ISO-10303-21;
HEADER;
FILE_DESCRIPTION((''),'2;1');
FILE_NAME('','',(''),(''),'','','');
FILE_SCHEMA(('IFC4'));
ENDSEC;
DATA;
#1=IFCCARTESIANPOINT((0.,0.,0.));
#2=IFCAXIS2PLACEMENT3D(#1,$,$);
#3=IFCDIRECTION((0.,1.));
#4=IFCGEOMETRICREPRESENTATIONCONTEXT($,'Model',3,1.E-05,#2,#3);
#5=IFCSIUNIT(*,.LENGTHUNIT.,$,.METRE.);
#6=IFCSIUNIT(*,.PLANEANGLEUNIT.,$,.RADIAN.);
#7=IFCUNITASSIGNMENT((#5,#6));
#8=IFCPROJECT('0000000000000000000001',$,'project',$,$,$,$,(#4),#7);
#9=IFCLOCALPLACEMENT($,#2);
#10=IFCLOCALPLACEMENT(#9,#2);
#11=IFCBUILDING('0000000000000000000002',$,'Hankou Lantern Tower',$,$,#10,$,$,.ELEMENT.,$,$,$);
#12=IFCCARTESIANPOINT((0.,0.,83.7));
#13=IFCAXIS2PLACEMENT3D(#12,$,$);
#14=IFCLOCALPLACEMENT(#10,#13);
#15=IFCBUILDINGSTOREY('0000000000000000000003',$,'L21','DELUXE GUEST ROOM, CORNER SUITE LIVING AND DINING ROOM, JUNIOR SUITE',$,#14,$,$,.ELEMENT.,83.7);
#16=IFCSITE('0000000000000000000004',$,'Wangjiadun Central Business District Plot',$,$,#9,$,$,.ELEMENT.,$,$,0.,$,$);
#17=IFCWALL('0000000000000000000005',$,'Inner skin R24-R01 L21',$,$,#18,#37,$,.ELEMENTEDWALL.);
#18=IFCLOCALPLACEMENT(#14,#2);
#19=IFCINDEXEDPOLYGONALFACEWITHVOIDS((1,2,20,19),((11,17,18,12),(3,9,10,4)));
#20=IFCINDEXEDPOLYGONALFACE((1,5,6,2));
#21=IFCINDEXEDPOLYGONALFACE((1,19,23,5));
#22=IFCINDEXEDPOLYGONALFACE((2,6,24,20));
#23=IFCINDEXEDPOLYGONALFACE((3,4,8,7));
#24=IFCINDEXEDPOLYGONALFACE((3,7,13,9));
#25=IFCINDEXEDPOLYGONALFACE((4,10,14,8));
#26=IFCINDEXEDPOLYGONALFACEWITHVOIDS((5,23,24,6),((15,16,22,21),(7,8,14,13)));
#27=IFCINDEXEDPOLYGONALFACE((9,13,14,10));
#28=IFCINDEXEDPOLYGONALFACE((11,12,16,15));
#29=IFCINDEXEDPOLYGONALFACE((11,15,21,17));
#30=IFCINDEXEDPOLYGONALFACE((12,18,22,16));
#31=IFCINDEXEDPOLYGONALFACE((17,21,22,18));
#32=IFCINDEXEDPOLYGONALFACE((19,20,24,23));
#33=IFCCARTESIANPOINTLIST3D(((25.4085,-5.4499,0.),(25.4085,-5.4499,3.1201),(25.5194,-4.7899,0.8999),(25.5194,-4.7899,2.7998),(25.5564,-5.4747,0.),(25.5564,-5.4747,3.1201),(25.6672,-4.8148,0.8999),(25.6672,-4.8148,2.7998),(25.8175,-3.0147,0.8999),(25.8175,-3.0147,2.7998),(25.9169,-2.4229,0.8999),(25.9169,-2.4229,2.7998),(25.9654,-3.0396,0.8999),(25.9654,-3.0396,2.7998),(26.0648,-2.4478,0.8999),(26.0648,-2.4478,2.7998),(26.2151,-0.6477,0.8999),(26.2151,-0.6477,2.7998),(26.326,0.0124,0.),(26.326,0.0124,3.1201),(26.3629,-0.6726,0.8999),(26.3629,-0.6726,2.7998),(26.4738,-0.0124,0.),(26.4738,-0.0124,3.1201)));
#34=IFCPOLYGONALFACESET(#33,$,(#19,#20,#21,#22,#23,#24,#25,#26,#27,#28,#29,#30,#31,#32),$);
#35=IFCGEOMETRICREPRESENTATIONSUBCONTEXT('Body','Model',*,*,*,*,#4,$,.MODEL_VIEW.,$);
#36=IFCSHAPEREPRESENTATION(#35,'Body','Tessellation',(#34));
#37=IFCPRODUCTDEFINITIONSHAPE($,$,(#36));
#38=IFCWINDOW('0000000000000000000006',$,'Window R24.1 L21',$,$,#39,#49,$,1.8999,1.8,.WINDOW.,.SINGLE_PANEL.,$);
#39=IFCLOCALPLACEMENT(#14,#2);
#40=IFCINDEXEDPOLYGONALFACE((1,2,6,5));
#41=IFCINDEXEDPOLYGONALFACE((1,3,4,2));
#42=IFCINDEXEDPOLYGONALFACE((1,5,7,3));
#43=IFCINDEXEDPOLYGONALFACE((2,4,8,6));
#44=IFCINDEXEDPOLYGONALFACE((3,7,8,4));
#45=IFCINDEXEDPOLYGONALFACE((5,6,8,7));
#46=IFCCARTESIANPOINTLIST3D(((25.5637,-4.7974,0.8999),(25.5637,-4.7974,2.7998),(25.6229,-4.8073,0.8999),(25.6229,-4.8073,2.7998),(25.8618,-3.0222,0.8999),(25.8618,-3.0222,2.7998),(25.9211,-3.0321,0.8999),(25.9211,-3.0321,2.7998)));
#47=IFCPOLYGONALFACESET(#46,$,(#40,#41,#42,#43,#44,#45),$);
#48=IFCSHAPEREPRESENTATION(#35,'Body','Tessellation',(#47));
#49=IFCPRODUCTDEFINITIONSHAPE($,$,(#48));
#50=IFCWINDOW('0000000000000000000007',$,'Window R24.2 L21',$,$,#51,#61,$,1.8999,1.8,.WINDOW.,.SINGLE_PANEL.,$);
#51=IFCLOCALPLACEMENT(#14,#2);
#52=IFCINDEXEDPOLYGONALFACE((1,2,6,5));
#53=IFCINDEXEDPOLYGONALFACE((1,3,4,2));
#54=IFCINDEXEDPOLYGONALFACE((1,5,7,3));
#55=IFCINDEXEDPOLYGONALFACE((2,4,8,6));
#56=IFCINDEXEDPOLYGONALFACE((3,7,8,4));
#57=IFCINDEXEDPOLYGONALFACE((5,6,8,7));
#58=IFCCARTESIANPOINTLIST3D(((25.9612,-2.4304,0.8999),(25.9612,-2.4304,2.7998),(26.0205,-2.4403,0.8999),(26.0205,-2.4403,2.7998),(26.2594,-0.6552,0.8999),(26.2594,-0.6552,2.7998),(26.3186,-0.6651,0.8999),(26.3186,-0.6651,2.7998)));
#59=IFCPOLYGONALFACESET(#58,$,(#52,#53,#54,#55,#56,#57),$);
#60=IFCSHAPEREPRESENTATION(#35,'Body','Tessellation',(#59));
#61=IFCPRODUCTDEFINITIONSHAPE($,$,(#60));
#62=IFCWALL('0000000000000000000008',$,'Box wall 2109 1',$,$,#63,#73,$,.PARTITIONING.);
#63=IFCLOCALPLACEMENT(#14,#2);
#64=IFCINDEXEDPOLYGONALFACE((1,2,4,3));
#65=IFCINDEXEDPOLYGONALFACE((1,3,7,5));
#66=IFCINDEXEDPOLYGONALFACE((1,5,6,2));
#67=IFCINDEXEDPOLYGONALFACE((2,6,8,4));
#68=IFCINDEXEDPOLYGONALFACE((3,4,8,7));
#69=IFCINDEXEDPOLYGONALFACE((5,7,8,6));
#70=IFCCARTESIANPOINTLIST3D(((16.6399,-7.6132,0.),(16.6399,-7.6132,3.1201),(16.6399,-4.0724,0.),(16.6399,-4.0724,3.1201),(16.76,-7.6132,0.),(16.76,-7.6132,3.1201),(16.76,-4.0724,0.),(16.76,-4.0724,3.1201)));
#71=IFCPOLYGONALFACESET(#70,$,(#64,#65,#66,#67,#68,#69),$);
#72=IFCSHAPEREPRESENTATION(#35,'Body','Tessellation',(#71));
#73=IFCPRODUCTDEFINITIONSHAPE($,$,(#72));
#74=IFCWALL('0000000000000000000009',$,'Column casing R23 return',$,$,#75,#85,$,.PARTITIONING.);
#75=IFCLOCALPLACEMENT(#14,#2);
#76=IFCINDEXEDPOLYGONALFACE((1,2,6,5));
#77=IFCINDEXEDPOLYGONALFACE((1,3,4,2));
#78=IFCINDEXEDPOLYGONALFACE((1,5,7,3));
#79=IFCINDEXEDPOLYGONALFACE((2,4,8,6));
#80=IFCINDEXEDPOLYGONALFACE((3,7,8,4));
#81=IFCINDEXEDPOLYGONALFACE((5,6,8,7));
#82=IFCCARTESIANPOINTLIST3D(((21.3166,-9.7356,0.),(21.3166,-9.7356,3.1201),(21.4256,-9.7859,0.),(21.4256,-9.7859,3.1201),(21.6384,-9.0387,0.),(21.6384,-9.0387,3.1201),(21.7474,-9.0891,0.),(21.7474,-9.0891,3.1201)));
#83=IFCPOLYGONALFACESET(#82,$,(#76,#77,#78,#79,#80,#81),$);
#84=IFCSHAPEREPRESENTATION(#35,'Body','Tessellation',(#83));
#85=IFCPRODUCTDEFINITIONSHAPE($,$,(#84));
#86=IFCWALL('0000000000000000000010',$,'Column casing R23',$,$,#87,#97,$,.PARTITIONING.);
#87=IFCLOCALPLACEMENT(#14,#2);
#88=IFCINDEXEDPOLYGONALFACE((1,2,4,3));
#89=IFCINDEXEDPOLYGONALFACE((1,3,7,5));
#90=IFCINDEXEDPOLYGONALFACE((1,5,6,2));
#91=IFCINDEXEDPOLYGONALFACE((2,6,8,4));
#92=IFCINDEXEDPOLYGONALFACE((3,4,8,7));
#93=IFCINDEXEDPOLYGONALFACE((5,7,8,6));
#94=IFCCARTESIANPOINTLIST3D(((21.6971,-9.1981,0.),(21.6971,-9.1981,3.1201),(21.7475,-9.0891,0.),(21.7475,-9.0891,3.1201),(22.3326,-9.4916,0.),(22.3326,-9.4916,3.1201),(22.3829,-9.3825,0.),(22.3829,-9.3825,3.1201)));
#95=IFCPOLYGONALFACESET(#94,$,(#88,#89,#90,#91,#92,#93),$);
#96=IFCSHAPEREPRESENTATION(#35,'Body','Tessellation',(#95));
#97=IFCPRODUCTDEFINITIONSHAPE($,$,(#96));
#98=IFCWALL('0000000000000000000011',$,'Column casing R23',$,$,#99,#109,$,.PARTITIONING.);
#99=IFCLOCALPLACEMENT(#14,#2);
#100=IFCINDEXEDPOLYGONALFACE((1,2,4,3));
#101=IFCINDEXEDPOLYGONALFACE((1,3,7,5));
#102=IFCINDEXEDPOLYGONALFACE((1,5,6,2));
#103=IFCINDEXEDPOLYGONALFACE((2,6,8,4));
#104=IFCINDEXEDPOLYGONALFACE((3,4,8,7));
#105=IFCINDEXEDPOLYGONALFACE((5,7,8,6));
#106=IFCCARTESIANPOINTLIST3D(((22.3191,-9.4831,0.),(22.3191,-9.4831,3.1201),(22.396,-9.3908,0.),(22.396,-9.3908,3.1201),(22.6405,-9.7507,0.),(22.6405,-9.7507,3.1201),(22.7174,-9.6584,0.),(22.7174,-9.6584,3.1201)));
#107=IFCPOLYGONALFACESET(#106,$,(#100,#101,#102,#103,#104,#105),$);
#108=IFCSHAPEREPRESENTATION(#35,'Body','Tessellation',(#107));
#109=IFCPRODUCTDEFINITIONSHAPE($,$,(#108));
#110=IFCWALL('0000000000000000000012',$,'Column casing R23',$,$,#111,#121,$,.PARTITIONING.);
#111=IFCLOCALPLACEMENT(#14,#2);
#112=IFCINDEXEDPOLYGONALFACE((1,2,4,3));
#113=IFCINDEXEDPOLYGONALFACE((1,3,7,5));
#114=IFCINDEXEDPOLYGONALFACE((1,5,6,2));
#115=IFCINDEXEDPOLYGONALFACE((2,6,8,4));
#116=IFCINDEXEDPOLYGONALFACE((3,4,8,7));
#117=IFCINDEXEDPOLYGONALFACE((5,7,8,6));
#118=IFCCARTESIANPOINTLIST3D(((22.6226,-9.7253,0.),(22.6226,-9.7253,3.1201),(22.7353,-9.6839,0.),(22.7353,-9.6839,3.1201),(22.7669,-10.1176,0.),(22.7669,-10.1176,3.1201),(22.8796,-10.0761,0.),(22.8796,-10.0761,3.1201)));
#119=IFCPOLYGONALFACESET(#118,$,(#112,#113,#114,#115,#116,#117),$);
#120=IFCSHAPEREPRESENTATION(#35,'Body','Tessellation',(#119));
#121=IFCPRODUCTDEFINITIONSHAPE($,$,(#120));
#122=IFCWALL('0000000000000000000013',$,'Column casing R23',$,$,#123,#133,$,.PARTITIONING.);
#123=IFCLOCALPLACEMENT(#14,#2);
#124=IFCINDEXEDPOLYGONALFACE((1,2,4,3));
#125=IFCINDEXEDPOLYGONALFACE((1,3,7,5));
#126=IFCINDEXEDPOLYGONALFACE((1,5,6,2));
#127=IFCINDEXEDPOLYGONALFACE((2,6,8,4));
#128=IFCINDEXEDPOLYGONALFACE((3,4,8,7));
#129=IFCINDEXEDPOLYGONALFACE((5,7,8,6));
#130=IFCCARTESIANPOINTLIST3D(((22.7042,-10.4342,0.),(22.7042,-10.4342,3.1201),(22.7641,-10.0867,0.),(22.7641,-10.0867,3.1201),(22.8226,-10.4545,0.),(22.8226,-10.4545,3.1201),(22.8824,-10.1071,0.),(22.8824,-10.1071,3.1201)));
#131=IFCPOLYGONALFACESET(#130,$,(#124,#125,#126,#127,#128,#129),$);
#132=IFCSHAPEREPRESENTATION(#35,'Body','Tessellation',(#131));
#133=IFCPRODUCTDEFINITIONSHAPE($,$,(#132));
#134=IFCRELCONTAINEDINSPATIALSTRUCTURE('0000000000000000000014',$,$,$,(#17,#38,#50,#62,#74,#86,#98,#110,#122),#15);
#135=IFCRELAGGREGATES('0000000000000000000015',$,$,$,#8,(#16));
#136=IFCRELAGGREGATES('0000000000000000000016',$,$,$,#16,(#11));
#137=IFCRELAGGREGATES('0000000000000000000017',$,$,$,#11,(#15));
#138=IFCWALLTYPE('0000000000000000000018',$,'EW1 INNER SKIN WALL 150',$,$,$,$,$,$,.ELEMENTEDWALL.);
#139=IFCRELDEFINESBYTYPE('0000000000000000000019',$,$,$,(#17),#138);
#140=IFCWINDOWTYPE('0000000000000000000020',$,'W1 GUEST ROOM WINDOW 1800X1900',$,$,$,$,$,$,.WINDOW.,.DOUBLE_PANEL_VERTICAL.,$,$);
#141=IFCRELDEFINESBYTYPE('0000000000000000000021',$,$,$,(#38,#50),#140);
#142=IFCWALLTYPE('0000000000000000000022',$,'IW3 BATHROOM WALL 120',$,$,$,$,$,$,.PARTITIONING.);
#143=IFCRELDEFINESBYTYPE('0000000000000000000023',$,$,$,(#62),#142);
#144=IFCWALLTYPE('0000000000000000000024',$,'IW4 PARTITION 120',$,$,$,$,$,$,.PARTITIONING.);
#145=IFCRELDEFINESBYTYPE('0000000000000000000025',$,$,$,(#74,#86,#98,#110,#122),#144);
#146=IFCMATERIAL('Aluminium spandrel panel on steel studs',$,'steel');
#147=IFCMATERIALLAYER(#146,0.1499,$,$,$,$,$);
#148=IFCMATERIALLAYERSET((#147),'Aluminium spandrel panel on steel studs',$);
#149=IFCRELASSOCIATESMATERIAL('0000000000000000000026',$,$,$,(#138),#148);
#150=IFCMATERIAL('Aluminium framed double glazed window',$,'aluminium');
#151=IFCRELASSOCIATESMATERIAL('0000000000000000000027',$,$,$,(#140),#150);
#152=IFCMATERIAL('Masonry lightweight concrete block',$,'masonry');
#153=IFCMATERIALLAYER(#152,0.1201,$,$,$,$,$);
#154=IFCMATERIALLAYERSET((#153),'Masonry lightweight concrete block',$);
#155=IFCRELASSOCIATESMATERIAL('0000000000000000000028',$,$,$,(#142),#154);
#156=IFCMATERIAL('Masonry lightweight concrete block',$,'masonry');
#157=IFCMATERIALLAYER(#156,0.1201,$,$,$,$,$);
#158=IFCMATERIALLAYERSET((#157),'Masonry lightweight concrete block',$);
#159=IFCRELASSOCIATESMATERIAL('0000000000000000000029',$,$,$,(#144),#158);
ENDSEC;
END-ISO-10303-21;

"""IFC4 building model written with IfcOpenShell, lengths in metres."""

from ifc_helpers import new_model, si_unit, direction, frame, frame_2d, origin, place, context, subcontext, project, spatial, rectangle, extrude, material, layer, layer_set, type_object, element, fill, save


model = new_model("IFC4")

# Units and contexts
model_context = context("Model", 3, precision=1e-05, world=origin(), true_north=direction((0.0, 1.0)))
body_context = subcontext(model_context, "Body", "Model", "MODEL_VIEW")
ifc_project = project(units=[si_unit("LENGTHUNIT", "METRE"), si_unit("PLANEANGLEUNIT", "RADIAN")], contexts=[model_context])

# Site, building, storey
site_placement = place(None, origin())
site = spatial("IfcSite", under=ifc_project, at=site_placement, Name="Wangjiadun Central Business District Plot", CompositionType="ELEMENT", RefElevation=0.0)
building_placement = place(site_placement, origin())
building = spatial("IfcBuilding", under=site, at=building_placement, Name="Hankou Lantern Tower", CompositionType="ELEMENT")
storey_placement = place(building_placement, frame((0.0, 0.0, 83.7)))
storey = spatial("IfcBuildingStorey", under=building, at=storey_placement, Name="L21", Description="DELUXE GUEST ROOM, CORNER SUITE LIVING AND DINING ROOM, JUNIOR SUITE", CompositionType="ELEMENT", Elevation=83.7)

# Wall, openings, windows
ifc_material_1 = material(Name="Aluminium spandrel panel on steel studs", Category="steel")
ifc_layer_1 = layer(ifc_material_1, 0.1499)
ifc_layer_set_1 = layer_set([ifc_layer_1], Name="Aluminium spandrel panel on steel studs")
wall_type_1 = type_object("IfcWallType", Name="EW1 INNER SKIN WALL 150", PredefinedType="ELEMENTEDWALL", material=ifc_layer_set_1)
wall_1_placement = place(storey_placement, frame((25.4824, -5.4624, 0.0), z_axis=(0.0, 0.0, 1.0), x_axis=(0.165643, 0.986186, 0.0)))
wall_1 = element("IfcWall", 1, at=wall_1_placement, inside=storey, type_object=wall_type_1, Name="Inner skin R24-R01 L21", PredefinedType="ELEMENTEDWALL", context=body_context, shape_type="SweptSolid", body=[
    extrude(rectangle(XDim=5.5388, YDim=0.1499, at=frame_2d((2.7695, 0.0))), origin(), (0.0, 0.0, 1.0), 3.1201),
])
opening_1_placement = place(wall_1_placement, frame((0.6694, 0.0, 0.8999)))
opening_1 = element("IfcOpeningElement", 2, at=opening_1_placement, cuts=wall_1, PredefinedType="OPENING", context=body_context, shape_type="SweptSolid", body=[
    extrude(rectangle(XDim=1.8, YDim=1.8999, at=frame_2d((0.8999, 0.95))), frame((0.0, 0.085, 0.0), z_axis=(0.0, -1.0, 0.0), x_axis=(1.0, 0.0, 0.0)), (0.0, 0.0, 1.0), 0.1699),
])
opening_2_placement = place(wall_1_placement, frame((3.0696, 0.0, 0.8999)))
opening_2 = element("IfcOpeningElement", 3, at=opening_2_placement, cuts=wall_1, PredefinedType="OPENING", context=body_context, shape_type="SweptSolid", body=[
    extrude(rectangle(XDim=1.8, YDim=1.8999, at=frame_2d((0.8999, 0.95))), frame((0.0, 0.085, 0.0), z_axis=(0.0, -1.0, 0.0), x_axis=(1.0, 0.0, 0.0)), (0.0, 0.0, 1.0), 0.1699),
])
ifc_material_2 = material(Name="Aluminium framed double glazed window", Category="aluminium")
window_type = type_object("IfcWindowType", Name="W1 GUEST ROOM WINDOW 1800X1900", PartitioningType="DOUBLE_PANEL_VERTICAL", PredefinedType="WINDOW", material=ifc_material_2)
window_1_placement = place(opening_1_placement, origin())
window_1 = element("IfcWindow", 4, at=window_1_placement, inside=storey, type_object=window_type, Name="Window R24.1 L21", OverallHeight=1.8999, OverallWidth=1.8, PartitioningType="SINGLE_PANEL", PredefinedType="WINDOW", context=body_context, shape_type="SweptSolid", body=[
    extrude(rectangle(XDim=1.8, YDim=1.8999, at=frame_2d((0.8999, 0.95))), frame((0.0, 0.03, 0.0), z_axis=(0.0, -1.0, 0.0), x_axis=(1.0, 0.0, 0.0)), (0.0, 0.0, 1.0), 0.0601),
])
fill(opening_1, window_1)
window_2_placement = place(opening_2_placement, origin())
window_2 = element("IfcWindow", 5, at=window_2_placement, inside=storey, type_object=window_type, Name="Window R24.2 L21", OverallHeight=1.8999, OverallWidth=1.8, PartitioningType="SINGLE_PANEL", PredefinedType="WINDOW", context=body_context, shape_type="SweptSolid", body=[
    extrude(rectangle(XDim=1.8, YDim=1.8999, at=frame_2d((0.8999, 0.95))), frame((0.0, 0.03, 0.0), z_axis=(0.0, -1.0, 0.0), x_axis=(1.0, 0.0, 0.0)), (0.0, 0.0, 1.0), 0.0601),
])
fill(opening_2, window_2)

# Walls
ifc_material_3 = material(Name="Masonry lightweight concrete block", Category="masonry")
ifc_layer_2 = layer(ifc_material_3, 0.1201)
ifc_layer_set_2 = layer_set([ifc_layer_2], Name="Masonry lightweight concrete block")
wall_type_2 = type_object("IfcWallType", Name="IW3 BATHROOM WALL 120", PredefinedType="PARTITIONING", material=ifc_layer_set_2)
wall_2_placement = place(storey_placement, frame((16.7, -7.6133, 0.0), z_axis=(0.0, 0.0, 1.0), x_axis=(0.0, 1.0, 0.0)))
element("IfcWall", 6, at=wall_2_placement, inside=storey, type_object=wall_type_2, Name="Box wall 2109 1", PredefinedType="PARTITIONING", context=body_context, shape_type="SweptSolid", body=[
    extrude(rectangle(XDim=3.5408, YDim=0.1201, at=frame_2d((1.7705, 0.0))), origin(), (0.0, 0.0, 1.0), 3.1201),
])
ifc_material_4 = material(Name="Masonry lightweight concrete block", Category="masonry")
ifc_layer_3 = layer(ifc_material_4, 0.1201)
ifc_layer_set_3 = layer_set([ifc_layer_3], Name="Masonry lightweight concrete block")
wall_type_3 = type_object("IfcWallType", Name="IW4 PARTITION 120", PredefinedType="PARTITIONING", material=ifc_layer_set_3)
wall_3_placement = place(storey_placement, frame((21.3711, -9.7607, 0.0), z_axis=(0.0, 0.0, 1.0), x_axis=(0.41926, 0.907866, 0.0)))
element("IfcWall", 7, at=wall_3_placement, inside=storey, type_object=wall_type_3, Name="Column casing R23 return", PredefinedType="PARTITIONING", context=body_context, shape_type="SweptSolid", body=[
    extrude(rectangle(XDim=0.7676, YDim=0.1201, at=frame_2d((0.3838, 0.0))), origin(), (0.0, 0.0, 1.0), 3.1201),
])
wall_4_placement = place(storey_placement, frame((21.7222, -9.1436, 0.0), z_axis=(0.0, 0.0, 1.0), x_axis=(0.907878, -0.419235, 0.0)))
element("IfcWall", 8, at=wall_4_placement, inside=storey, type_object=wall_type_3, Name="Column casing R23", PredefinedType="PARTITIONING", context=body_context, shape_type="SweptSolid", body=[
    extrude(rectangle(XDim=0.7, YDim=0.1201, at=frame_2d((0.3501, 0.0))), origin(), (0.0, 0.0, 1.0), 3.1201),
])
wall_5_placement = place(storey_placement, frame((22.3577, -9.437, 0.0), z_axis=(0.0, 0.0, 1.0), x_axis=(0.768413, -0.639955, 0.0)))
element("IfcWall", 9, at=wall_5_placement, inside=storey, type_object=wall_type_3, Name="Column casing R23", PredefinedType="PARTITIONING", context=body_context, shape_type="SweptSolid", body=[
    extrude(rectangle(XDim=0.4182, YDim=0.1201, at=frame_2d((0.209, 0.0))), origin(), (0.0, 0.0, 1.0), 3.1201),
])
wall_6_placement = place(storey_placement, frame((22.679, -9.7046, 0.0), z_axis=(0.0, 0.0, 1.0), x_axis=(0.345164, -0.938542, 0.0)))
element("IfcWall", 10, at=wall_6_placement, inside=storey, type_object=wall_type_3, Name="Column casing R23", PredefinedType="PARTITIONING", context=body_context, shape_type="SweptSolid", body=[
    extrude(rectangle(XDim=0.418, YDim=0.1201, at=frame_2d((0.209, 0.0))), origin(), (0.0, 0.0, 1.0), 3.1201),
])
wall_7_placement = place(storey_placement, frame((22.8232, -10.0969, 0.0), z_axis=(0.0, 0.0, 1.0), x_axis=(-0.169675, -0.9855, 0.0)))
element("IfcWall", 11, at=wall_7_placement, inside=storey, type_object=wall_type_3, Name="Column casing R23", PredefinedType="PARTITIONING", context=body_context, shape_type="SweptSolid", body=[
    extrude(rectangle(XDim=0.3525, YDim=0.1201, at=frame_2d((0.1763, 0.0))), origin(), (0.0, 0.0, 1.0), 3.1201),
])

save(model, "model.ifc")
